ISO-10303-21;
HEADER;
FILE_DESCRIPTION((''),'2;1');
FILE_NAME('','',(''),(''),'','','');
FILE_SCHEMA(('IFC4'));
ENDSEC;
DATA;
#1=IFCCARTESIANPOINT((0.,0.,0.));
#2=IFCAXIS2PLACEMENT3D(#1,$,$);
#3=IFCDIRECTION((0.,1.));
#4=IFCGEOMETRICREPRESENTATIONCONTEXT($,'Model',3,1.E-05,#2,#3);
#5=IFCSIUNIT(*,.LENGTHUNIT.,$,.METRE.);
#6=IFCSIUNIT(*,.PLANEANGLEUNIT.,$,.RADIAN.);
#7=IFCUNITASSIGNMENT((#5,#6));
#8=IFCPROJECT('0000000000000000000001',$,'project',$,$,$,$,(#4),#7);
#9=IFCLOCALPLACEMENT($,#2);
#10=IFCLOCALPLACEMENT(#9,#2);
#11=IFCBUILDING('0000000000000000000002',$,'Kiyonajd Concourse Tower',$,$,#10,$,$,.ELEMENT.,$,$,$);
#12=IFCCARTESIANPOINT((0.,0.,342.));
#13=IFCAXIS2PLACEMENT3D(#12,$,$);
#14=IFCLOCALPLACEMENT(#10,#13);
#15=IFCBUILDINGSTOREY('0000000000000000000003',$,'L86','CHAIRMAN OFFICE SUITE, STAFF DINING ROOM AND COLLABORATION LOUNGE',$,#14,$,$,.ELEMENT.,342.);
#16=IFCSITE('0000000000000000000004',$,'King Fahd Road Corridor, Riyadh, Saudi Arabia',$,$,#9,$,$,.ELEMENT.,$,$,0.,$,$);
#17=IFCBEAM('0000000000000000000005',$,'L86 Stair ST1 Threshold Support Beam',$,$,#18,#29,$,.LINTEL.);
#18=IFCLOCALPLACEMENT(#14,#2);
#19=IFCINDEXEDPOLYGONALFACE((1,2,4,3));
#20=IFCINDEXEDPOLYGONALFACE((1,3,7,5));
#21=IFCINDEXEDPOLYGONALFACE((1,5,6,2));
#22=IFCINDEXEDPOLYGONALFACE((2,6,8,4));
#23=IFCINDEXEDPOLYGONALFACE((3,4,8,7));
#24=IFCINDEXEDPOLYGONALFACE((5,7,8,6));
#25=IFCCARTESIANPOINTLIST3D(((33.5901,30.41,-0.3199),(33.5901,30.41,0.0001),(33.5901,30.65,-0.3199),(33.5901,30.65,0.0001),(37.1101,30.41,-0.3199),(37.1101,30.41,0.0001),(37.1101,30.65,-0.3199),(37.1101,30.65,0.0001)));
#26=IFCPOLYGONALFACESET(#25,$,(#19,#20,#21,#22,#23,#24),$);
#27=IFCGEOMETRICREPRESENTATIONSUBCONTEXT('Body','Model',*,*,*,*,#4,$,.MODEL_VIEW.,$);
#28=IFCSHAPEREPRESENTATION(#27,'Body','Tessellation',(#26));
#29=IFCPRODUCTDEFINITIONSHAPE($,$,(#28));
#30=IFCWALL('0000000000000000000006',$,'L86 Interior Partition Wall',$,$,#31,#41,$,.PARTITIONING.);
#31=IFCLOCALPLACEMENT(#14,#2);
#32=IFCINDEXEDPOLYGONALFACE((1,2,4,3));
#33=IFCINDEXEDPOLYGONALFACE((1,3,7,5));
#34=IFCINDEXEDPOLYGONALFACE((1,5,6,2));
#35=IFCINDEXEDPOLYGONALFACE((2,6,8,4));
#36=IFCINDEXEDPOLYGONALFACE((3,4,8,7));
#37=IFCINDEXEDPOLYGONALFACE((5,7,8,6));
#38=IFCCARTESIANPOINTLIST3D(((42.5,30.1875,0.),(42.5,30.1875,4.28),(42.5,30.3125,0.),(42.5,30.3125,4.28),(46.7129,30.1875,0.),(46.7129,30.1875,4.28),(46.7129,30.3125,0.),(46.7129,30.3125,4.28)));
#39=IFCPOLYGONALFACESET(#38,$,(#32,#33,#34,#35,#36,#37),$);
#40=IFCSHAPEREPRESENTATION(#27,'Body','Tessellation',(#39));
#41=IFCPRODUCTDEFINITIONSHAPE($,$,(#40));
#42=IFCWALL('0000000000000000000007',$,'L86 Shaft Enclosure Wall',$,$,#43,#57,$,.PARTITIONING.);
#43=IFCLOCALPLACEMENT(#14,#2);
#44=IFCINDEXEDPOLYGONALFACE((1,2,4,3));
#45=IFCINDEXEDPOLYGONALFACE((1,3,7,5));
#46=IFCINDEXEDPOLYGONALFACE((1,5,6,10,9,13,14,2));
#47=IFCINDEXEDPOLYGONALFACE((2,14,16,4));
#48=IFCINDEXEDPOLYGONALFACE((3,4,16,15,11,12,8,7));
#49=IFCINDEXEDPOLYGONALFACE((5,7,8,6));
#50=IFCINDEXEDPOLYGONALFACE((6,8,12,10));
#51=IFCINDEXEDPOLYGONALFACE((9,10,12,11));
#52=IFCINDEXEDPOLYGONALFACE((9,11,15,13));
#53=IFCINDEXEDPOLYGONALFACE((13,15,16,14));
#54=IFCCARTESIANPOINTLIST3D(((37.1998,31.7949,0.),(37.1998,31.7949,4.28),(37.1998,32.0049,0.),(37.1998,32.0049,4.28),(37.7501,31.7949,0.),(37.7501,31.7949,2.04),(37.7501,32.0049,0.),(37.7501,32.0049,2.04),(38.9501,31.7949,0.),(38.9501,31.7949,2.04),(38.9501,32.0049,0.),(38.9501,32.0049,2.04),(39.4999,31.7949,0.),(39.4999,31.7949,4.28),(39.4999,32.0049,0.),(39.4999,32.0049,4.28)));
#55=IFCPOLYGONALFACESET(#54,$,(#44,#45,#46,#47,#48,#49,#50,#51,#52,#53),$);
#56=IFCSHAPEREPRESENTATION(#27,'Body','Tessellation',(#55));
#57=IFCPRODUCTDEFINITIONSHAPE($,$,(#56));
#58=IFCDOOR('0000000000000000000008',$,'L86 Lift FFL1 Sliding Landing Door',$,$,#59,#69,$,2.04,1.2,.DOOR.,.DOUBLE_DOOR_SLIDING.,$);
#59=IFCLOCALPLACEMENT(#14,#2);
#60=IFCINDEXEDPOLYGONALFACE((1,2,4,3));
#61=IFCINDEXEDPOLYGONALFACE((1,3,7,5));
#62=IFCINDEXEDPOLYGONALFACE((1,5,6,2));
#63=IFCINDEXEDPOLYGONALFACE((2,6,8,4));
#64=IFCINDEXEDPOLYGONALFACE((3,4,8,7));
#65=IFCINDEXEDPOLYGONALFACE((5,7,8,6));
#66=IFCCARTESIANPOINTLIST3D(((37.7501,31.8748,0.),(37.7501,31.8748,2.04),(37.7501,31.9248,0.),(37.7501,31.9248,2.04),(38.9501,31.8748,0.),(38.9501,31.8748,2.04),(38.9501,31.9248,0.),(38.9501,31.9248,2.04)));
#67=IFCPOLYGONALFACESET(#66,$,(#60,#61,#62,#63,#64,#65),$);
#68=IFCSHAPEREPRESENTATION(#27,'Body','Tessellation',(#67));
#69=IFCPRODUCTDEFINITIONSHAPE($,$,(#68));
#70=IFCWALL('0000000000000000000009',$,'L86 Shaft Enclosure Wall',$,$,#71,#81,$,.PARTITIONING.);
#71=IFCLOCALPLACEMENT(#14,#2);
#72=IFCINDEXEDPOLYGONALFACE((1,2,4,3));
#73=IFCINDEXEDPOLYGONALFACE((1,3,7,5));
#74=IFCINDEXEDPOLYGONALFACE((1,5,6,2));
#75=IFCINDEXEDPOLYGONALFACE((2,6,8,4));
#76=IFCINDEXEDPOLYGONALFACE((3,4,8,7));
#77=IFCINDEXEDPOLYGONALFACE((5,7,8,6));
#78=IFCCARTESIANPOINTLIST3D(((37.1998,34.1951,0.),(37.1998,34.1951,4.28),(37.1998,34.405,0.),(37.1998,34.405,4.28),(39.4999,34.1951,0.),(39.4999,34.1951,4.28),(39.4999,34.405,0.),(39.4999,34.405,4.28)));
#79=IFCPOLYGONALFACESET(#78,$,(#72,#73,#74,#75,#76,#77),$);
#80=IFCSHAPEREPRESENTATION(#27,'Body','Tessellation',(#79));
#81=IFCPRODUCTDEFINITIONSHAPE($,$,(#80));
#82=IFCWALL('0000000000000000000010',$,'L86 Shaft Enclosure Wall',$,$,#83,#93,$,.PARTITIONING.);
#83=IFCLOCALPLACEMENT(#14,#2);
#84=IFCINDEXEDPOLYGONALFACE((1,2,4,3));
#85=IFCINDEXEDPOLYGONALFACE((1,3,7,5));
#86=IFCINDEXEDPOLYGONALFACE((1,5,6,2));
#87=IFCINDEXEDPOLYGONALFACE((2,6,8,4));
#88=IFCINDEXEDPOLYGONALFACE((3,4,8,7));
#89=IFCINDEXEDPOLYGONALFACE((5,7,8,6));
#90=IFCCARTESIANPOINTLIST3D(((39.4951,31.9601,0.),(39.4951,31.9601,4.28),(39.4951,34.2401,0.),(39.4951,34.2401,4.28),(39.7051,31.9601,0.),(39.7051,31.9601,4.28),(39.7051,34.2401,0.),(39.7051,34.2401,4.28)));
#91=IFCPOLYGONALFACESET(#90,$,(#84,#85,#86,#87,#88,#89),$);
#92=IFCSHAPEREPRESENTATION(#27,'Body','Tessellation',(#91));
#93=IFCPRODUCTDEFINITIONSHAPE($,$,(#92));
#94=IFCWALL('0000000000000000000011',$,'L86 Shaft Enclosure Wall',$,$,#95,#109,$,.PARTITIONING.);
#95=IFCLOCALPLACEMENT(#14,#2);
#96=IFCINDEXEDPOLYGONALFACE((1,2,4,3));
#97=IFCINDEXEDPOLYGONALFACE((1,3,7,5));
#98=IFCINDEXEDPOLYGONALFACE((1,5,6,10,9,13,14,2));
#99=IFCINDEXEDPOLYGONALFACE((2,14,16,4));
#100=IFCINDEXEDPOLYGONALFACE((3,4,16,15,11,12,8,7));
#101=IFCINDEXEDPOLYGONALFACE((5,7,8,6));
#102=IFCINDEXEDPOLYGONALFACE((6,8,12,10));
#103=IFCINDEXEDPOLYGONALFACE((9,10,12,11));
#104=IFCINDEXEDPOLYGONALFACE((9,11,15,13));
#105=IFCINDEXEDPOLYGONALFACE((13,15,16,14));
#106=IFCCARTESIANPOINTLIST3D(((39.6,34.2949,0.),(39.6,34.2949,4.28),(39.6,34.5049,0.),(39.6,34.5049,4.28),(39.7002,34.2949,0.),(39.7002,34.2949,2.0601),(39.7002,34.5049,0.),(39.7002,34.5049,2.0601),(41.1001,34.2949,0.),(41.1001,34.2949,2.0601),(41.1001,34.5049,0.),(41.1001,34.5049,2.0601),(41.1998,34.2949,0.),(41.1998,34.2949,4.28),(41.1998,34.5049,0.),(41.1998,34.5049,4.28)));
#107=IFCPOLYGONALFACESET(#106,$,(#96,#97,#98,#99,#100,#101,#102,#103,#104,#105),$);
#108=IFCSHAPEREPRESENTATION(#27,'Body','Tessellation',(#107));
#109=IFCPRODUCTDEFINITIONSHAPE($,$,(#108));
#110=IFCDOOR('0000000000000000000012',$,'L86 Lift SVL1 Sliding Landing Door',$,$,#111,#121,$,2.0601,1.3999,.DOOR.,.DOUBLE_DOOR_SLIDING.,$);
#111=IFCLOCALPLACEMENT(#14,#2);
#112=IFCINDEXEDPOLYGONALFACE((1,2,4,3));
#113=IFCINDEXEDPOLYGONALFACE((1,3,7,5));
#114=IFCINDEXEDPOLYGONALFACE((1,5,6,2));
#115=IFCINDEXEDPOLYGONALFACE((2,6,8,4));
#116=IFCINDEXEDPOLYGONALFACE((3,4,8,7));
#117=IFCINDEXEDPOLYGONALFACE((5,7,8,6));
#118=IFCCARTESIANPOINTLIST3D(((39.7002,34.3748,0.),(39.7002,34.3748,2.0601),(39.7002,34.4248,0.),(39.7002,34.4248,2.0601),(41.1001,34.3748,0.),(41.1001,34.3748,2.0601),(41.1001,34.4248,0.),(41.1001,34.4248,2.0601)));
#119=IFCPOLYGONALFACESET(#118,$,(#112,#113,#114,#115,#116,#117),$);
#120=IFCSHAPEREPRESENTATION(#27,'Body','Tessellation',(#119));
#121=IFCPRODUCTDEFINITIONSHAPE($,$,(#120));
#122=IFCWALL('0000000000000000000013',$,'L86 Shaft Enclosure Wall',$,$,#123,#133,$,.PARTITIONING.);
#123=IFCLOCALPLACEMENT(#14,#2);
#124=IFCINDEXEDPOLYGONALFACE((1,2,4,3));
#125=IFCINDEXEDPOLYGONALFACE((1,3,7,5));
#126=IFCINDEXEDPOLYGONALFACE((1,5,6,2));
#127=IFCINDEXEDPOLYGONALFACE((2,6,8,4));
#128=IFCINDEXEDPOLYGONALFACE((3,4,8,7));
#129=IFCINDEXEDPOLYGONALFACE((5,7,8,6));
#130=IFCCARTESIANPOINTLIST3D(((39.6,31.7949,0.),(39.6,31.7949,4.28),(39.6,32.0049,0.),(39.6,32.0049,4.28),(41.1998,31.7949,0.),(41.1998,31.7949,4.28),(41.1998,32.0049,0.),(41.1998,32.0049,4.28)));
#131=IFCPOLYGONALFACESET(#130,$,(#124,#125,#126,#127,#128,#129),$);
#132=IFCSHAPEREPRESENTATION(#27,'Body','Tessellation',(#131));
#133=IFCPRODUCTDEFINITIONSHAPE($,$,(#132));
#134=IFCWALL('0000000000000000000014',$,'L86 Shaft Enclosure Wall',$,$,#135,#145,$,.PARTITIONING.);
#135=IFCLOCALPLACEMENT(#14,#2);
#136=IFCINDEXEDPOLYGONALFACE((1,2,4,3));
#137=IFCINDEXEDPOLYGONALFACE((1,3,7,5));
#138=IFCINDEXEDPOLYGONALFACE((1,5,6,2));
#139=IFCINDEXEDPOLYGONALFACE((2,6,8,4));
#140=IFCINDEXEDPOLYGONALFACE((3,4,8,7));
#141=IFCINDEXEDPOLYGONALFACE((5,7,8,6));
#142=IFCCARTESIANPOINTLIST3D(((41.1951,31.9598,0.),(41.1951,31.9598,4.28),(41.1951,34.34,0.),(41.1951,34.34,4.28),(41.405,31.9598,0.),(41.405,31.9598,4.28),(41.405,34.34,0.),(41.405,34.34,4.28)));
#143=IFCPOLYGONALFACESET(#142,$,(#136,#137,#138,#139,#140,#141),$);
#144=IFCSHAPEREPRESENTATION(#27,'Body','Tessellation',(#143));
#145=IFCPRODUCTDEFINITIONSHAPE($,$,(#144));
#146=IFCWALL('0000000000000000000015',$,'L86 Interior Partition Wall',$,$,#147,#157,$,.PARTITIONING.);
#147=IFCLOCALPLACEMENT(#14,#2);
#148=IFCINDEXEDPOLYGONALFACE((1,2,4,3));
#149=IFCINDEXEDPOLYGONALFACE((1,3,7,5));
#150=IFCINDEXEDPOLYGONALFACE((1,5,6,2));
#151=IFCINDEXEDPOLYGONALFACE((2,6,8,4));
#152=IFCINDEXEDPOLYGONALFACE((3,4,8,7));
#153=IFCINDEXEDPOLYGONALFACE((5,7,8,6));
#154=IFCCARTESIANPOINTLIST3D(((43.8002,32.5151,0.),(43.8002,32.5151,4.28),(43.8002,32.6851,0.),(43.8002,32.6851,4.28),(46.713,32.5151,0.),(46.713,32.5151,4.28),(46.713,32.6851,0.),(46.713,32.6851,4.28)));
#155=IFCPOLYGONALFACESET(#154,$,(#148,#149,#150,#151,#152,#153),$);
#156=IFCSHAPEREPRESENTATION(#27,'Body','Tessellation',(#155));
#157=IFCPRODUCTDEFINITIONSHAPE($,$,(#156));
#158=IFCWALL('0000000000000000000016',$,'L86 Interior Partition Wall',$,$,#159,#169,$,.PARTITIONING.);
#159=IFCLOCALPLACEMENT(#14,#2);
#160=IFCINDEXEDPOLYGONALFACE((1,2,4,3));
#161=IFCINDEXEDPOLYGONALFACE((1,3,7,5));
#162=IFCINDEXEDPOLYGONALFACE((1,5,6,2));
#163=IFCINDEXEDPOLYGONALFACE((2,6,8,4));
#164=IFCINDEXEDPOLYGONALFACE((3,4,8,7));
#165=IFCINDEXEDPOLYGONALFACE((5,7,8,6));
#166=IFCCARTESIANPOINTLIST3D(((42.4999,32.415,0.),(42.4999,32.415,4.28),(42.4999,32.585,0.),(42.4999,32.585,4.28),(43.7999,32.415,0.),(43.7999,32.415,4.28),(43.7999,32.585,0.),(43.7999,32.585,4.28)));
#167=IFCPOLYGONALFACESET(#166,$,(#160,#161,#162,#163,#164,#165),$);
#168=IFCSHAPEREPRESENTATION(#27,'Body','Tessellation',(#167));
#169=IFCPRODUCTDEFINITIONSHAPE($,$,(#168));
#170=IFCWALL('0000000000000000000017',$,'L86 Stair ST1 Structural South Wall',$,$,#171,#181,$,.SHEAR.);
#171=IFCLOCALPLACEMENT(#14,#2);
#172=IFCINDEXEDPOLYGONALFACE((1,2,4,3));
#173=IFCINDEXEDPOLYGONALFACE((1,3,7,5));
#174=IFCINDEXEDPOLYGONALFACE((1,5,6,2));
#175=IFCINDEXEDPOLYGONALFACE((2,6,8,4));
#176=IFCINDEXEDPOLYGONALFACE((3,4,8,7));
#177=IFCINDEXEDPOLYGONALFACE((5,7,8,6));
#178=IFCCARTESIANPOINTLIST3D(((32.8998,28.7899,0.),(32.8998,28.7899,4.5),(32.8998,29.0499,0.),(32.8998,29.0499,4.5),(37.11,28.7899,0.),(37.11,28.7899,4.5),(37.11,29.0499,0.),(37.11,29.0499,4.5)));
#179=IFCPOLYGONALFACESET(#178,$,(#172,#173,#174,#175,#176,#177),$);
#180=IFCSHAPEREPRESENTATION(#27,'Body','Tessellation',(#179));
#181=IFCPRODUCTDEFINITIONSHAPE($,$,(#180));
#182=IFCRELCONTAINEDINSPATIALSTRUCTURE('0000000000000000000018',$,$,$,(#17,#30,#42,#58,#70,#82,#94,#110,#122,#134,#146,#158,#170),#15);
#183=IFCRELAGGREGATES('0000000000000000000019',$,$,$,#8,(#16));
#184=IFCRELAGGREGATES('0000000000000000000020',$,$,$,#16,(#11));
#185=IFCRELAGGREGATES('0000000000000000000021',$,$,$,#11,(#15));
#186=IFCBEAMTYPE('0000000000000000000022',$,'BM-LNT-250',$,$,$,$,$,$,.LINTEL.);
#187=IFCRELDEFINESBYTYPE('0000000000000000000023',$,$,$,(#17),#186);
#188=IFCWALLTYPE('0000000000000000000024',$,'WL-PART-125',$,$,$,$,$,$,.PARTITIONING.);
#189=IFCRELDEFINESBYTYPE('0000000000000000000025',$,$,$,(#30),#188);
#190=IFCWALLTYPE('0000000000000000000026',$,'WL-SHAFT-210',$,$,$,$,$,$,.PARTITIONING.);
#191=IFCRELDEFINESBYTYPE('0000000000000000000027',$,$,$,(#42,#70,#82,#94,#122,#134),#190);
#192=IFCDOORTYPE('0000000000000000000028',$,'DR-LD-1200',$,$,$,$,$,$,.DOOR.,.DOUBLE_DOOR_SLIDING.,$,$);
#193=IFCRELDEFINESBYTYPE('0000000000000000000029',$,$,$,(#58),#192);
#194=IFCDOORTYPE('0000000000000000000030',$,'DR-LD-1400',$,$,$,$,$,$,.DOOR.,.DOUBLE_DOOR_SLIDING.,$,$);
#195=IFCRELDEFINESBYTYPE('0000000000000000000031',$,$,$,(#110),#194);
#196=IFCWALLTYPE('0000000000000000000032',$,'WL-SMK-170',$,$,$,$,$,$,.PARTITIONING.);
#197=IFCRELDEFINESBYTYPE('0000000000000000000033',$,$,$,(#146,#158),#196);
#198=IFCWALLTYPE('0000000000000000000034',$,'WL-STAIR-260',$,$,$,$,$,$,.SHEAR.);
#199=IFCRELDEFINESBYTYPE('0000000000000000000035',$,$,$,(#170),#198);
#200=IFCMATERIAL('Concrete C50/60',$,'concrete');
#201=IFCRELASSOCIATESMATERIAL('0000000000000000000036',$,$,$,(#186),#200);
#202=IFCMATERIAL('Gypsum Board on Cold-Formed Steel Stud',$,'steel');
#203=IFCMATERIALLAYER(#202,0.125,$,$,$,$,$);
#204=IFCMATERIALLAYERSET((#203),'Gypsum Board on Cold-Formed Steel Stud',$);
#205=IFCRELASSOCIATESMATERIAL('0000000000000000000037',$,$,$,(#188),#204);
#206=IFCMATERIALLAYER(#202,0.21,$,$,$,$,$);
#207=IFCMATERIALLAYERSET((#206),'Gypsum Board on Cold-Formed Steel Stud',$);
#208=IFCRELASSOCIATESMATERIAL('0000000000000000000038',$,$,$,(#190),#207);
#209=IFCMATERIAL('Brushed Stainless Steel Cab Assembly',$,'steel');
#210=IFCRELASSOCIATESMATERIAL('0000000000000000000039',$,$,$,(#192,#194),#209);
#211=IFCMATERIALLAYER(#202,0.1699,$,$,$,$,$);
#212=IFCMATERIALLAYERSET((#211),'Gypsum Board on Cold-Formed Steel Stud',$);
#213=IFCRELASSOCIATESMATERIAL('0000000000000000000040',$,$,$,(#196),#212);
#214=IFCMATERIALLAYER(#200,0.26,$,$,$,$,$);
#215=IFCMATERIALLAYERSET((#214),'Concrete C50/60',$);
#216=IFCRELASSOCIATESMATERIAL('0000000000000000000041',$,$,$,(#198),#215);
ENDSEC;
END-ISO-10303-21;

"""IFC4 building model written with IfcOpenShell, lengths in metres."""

from ifc_helpers import new_model, si_unit, direction, frame, frame_2d, origin, origin_2d, place, context, subcontext, project, spatial, rectangle, extrude, material, layer, layer_set, material_profile, profile_set, type_object, element, fill, save


model = new_model("IFC4")

# Units and contexts
model_context = context("Model", 3, precision=1e-05, world=origin(), true_north=direction((0.0, 1.0)))
body_context = subcontext(model_context, "Body", "Model", "MODEL_VIEW")
ifc_project = project(units=[si_unit("LENGTHUNIT", "METRE"), si_unit("PLANEANGLEUNIT", "RADIAN")], contexts=[model_context])

# Site, building, storey
site_placement = place(None, origin())
site = spatial("IfcSite", under=ifc_project, at=site_placement, Name="King Fahd Road Corridor, Riyadh, Saudi Arabia", CompositionType="ELEMENT", RefElevation=0.0)
building_placement = place(site_placement, origin())
building = spatial("IfcBuilding", under=site, at=building_placement, Name="Kiyonajd Concourse Tower", CompositionType="ELEMENT")
storey_placement = place(building_placement, frame((0.0, 0.0, 342.0)))
storey = spatial("IfcBuildingStorey", under=building, at=storey_placement, Name="L86", Description="CHAIRMAN OFFICE SUITE, STAFF DINING ROOM AND COLLABORATION LOUNGE", CompositionType="ELEMENT", Elevation=342.0)

# Beam
ifc_material_1 = material(Name="Concrete C50/60", Category="concrete")
ifc_material_profile = material_profile(ifc_material_1, rectangle(XDim=0.24, YDim=0.3201, at=origin_2d()), Name="RCBM-240x320")
ifc_profile_set = profile_set([ifc_material_profile], Name="Concrete C50/60")
beam_type = type_object("IfcBeamType", Name="BM-LNT-250", PredefinedType="LINTEL", material=ifc_profile_set)
beam_placement = place(storey_placement, frame((33.5901, 30.53, -0.1599), z_axis=(1.0, 0.0, 0.0), x_axis=(0.0, 1.0, 0.0)))
element("IfcBeam", 1, at=beam_placement, inside=storey, type_object=beam_type, Name="L86 Stair ST1 Threshold Support Beam", PredefinedType="LINTEL", context=body_context, shape_type="SweptSolid", body=[
    extrude(rectangle(XDim=0.24, YDim=0.3201, at=origin_2d()), origin(), (0.0, 0.0, 1.0), 3.52),
])

# Wall
ifc_material_2 = material(Name="Gypsum Board on Cold-Formed Steel Stud", Category="steel")
ifc_layer_1 = layer(ifc_material_2, 0.125)
ifc_layer_set_1 = layer_set([ifc_layer_1], Name="Gypsum Board on Cold-Formed Steel Stud")
wall_type_1 = type_object("IfcWallType", Name="WL-PART-125", PredefinedType="PARTITIONING", material=ifc_layer_set_1)
wall_1_placement = place(storey_placement, frame((42.5, 30.25, 0.0), z_axis=(0.0, 0.0, 1.0), x_axis=(1.0, 0.0, 0.0)))
element("IfcWall", 2, at=wall_1_placement, inside=storey, type_object=wall_type_1, Name="L86 Interior Partition Wall", PredefinedType="PARTITIONING", context=body_context, shape_type="SweptSolid", body=[
    extrude(rectangle(XDim=4.2129, YDim=0.125, at=frame_2d((2.1064, 0.0))), origin(), (0.0, 0.0, 1.0), 4.28),
])

# Wall, opening, door
ifc_layer_2 = layer(ifc_material_2, 0.21)
ifc_layer_set_2 = layer_set([ifc_layer_2], Name="Gypsum Board on Cold-Formed Steel Stud")
wall_type_2 = type_object("IfcWallType", Name="WL-SHAFT-210", PredefinedType="PARTITIONING", material=ifc_layer_set_2)
wall_2_placement = place(storey_placement, frame((37.2, 31.8999, 0.0), z_axis=(0.0, 0.0, 1.0), x_axis=(1.0, 0.0, 0.0)))
wall_2 = element("IfcWall", 3, at=wall_2_placement, inside=storey, type_object=wall_type_2, Name="L86 Shaft Enclosure Wall", PredefinedType="PARTITIONING", context=body_context, shape_type="SweptSolid", body=[
    extrude(rectangle(XDim=2.3, YDim=0.21, at=frame_2d((1.1499, 0.0))), origin(), (0.0, 0.0, 1.0), 4.28),
])
opening_1_placement = place(wall_2_placement, frame((0.55, 0.0, 0.0)))
opening_1 = element("IfcOpeningElement", 4, at=opening_1_placement, cuts=wall_2, PredefinedType="OPENING", context=body_context, shape_type="SweptSolid", body=[
    extrude(rectangle(XDim=1.2, YDim=2.04, at=frame_2d((0.6001, 1.02))), frame((0.0, 0.115, 0.0), z_axis=(0.0, -1.0, 0.0), x_axis=(1.0, 0.0, 0.0)), (0.0, 0.0, 1.0), 0.23),
])
ifc_material_3 = material(Name="Brushed Stainless Steel Cab Assembly", Category="steel")
door_type_1 = type_object("IfcDoorType", Name="DR-LD-1200", OperationType="DOUBLE_DOOR_SLIDING", PredefinedType="DOOR", material=ifc_material_3)
door_1_placement = place(opening_1_placement, origin())
door_1 = element("IfcDoor", 5, at=door_1_placement, inside=storey, type_object=door_type_1, Name="L86 Lift FFL1 Sliding Landing Door", OperationType="DOUBLE_DOOR_SLIDING", OverallHeight=2.04, OverallWidth=1.2, PredefinedType="DOOR", context=body_context, shape_type="SweptSolid", body=[
    extrude(rectangle(XDim=1.2, YDim=2.04, at=frame_2d((0.6001, 1.02))), frame((0.0, 0.0249, 0.0), z_axis=(0.0, -1.0, 0.0), x_axis=(1.0, 0.0, 0.0)), (0.0, 0.0, 1.0), 0.05),
])
fill(opening_1, door_1)

# Walls
wall_3_placement = place(storey_placement, frame((37.2, 34.3, 0.0), z_axis=(0.0, 0.0, 1.0), x_axis=(1.0, 0.0, 0.0)))
element("IfcWall", 6, at=wall_3_placement, inside=storey, type_object=wall_type_2, Name="L86 Shaft Enclosure Wall", PredefinedType="PARTITIONING", context=body_context, shape_type="SweptSolid", body=[
    extrude(rectangle(XDim=2.3, YDim=0.21, at=frame_2d((1.1499, 0.0))), origin(), (0.0, 0.0, 1.0), 4.28),
])
wall_4_placement = place(storey_placement, frame((39.6001, 31.96, 0.0), z_axis=(0.0, 0.0, 1.0), x_axis=(0.0, 1.0, 0.0)))
element("IfcWall", 7, at=wall_4_placement, inside=storey, type_object=wall_type_2, Name="L86 Shaft Enclosure Wall", PredefinedType="PARTITIONING", context=body_context, shape_type="SweptSolid", body=[
    extrude(rectangle(XDim=2.28, YDim=0.21, at=frame_2d((1.1401, 0.0))), origin(), (0.0, 0.0, 1.0), 4.28),
])

# Wall, opening, door
wall_5_placement = place(storey_placement, frame((39.6001, 34.3999, 0.0), z_axis=(0.0, 0.0, 1.0), x_axis=(1.0, 0.0, 0.0)))
wall_5 = element("IfcWall", 8, at=wall_5_placement, inside=storey, type_object=wall_type_2, Name="L86 Shaft Enclosure Wall", PredefinedType="PARTITIONING", context=body_context, shape_type="SweptSolid", body=[
    extrude(rectangle(XDim=1.5999, YDim=0.21, at=frame_2d((0.7998, 0.0))), origin(), (0.0, 0.0, 1.0), 4.28),
])
opening_2_placement = place(wall_5_placement, frame((0.1001, 0.0, 0.0)))
opening_2 = element("IfcOpeningElement", 9, at=opening_2_placement, cuts=wall_5, PredefinedType="OPENING", context=body_context, shape_type="SweptSolid", body=[
    extrude(rectangle(XDim=1.3999, YDim=2.0601, at=frame_2d((0.7, 1.03))), frame((0.0, 0.115, 0.0), z_axis=(0.0, -1.0, 0.0), x_axis=(1.0, 0.0, 0.0)), (0.0, 0.0, 1.0), 0.23),
])
door_type_2 = type_object("IfcDoorType", Name="DR-LD-1400", OperationType="DOUBLE_DOOR_SLIDING", PredefinedType="DOOR", material=ifc_material_3)
door_2_placement = place(opening_2_placement, origin())
door_2 = element("IfcDoor", 10, at=door_2_placement, inside=storey, type_object=door_type_2, Name="L86 Lift SVL1 Sliding Landing Door", OperationType="DOUBLE_DOOR_SLIDING", OverallHeight=2.0601, OverallWidth=1.3999, PredefinedType="DOOR", context=body_context, shape_type="SweptSolid", body=[
    extrude(rectangle(XDim=1.3999, YDim=2.0601, at=frame_2d((0.7, 1.03))), frame((0.0, 0.0249, 0.0), z_axis=(0.0, -1.0, 0.0), x_axis=(1.0, 0.0, 0.0)), (0.0, 0.0, 1.0), 0.05),
])
fill(opening_2, door_2)

# Walls
wall_6_placement = place(storey_placement, frame((39.6001, 31.8999, 0.0), z_axis=(0.0, 0.0, 1.0), x_axis=(1.0, 0.0, 0.0)))
element("IfcWall", 11, at=wall_6_placement, inside=storey, type_object=wall_type_2, Name="L86 Shaft Enclosure Wall", PredefinedType="PARTITIONING", context=body_context, shape_type="SweptSolid", body=[
    extrude(rectangle(XDim=1.5999, YDim=0.21, at=frame_2d((0.7998, 0.0))), origin(), (0.0, 0.0, 1.0), 4.28),
])
wall_7_placement = place(storey_placement, frame((41.3, 31.96, 0.0), z_axis=(0.0, 0.0, 1.0), x_axis=(0.0, 1.0, 0.0)))
element("IfcWall", 12, at=wall_7_placement, inside=storey, type_object=wall_type_2, Name="L86 Shaft Enclosure Wall", PredefinedType="PARTITIONING", context=body_context, shape_type="SweptSolid", body=[
    extrude(rectangle(XDim=2.3801, YDim=0.21, at=frame_2d((1.1899, 0.0))), origin(), (0.0, 0.0, 1.0), 4.28),
])
ifc_layer_3 = layer(ifc_material_2, 0.1699)
ifc_layer_set_3 = layer_set([ifc_layer_3], Name="Gypsum Board on Cold-Formed Steel Stud")
wall_type_3 = type_object("IfcWallType", Name="WL-SMK-170", PredefinedType="PARTITIONING", material=ifc_layer_set_3)
wall_8_placement = place(storey_placement, frame((43.8, 32.6001, 0.0), z_axis=(0.0, 0.0, 1.0), x_axis=(1.0, 0.0, 0.0)))
element("IfcWall", 13, at=wall_8_placement, inside=storey, type_object=wall_type_3, Name="L86 Interior Partition Wall", PredefinedType="PARTITIONING", context=body_context, shape_type="SweptSolid", body=[
    extrude(rectangle(XDim=2.9128, YDim=0.1699, at=frame_2d((1.4565, 0.0))), origin(), (0.0, 0.0, 1.0), 4.28),
])
wall_9_placement = place(storey_placement, frame((42.5, 32.5, 0.0), z_axis=(0.0, 0.0, 1.0), x_axis=(1.0, 0.0, 0.0)))
element("IfcWall", 14, at=wall_9_placement, inside=storey, type_object=wall_type_3, Name="L86 Interior Partition Wall", PredefinedType="PARTITIONING", context=body_context, shape_type="SweptSolid", body=[
    extrude(rectangle(XDim=1.3, YDim=0.1699, at=frame_2d((0.6499, 0.0))), origin(), (0.0, 0.0, 1.0), 4.28),
])
ifc_layer_4 = layer(ifc_material_1, 0.26)
ifc_layer_set_4 = layer_set([ifc_layer_4], Name="Concrete C50/60")
wall_type_4 = type_object("IfcWallType", Name="WL-STAIR-260", PredefinedType="SHEAR", material=ifc_layer_set_4)
wall_10_placement = place(storey_placement, frame((32.8999, 28.9199, 0.0), z_axis=(0.0, 0.0, 1.0), x_axis=(1.0, 0.0, 0.0)))
element("IfcWall", 15, at=wall_10_placement, inside=storey, type_object=wall_type_4, Name="L86 Stair ST1 Structural South Wall", PredefinedType="SHEAR", context=body_context, shape_type="SweptSolid", body=[
    extrude(rectangle(XDim=4.2102, YDim=0.26, at=frame_2d((2.105, 0.0))), origin(), (0.0, 0.0, 1.0), 4.5),
])

save(model, "model.ifc")
